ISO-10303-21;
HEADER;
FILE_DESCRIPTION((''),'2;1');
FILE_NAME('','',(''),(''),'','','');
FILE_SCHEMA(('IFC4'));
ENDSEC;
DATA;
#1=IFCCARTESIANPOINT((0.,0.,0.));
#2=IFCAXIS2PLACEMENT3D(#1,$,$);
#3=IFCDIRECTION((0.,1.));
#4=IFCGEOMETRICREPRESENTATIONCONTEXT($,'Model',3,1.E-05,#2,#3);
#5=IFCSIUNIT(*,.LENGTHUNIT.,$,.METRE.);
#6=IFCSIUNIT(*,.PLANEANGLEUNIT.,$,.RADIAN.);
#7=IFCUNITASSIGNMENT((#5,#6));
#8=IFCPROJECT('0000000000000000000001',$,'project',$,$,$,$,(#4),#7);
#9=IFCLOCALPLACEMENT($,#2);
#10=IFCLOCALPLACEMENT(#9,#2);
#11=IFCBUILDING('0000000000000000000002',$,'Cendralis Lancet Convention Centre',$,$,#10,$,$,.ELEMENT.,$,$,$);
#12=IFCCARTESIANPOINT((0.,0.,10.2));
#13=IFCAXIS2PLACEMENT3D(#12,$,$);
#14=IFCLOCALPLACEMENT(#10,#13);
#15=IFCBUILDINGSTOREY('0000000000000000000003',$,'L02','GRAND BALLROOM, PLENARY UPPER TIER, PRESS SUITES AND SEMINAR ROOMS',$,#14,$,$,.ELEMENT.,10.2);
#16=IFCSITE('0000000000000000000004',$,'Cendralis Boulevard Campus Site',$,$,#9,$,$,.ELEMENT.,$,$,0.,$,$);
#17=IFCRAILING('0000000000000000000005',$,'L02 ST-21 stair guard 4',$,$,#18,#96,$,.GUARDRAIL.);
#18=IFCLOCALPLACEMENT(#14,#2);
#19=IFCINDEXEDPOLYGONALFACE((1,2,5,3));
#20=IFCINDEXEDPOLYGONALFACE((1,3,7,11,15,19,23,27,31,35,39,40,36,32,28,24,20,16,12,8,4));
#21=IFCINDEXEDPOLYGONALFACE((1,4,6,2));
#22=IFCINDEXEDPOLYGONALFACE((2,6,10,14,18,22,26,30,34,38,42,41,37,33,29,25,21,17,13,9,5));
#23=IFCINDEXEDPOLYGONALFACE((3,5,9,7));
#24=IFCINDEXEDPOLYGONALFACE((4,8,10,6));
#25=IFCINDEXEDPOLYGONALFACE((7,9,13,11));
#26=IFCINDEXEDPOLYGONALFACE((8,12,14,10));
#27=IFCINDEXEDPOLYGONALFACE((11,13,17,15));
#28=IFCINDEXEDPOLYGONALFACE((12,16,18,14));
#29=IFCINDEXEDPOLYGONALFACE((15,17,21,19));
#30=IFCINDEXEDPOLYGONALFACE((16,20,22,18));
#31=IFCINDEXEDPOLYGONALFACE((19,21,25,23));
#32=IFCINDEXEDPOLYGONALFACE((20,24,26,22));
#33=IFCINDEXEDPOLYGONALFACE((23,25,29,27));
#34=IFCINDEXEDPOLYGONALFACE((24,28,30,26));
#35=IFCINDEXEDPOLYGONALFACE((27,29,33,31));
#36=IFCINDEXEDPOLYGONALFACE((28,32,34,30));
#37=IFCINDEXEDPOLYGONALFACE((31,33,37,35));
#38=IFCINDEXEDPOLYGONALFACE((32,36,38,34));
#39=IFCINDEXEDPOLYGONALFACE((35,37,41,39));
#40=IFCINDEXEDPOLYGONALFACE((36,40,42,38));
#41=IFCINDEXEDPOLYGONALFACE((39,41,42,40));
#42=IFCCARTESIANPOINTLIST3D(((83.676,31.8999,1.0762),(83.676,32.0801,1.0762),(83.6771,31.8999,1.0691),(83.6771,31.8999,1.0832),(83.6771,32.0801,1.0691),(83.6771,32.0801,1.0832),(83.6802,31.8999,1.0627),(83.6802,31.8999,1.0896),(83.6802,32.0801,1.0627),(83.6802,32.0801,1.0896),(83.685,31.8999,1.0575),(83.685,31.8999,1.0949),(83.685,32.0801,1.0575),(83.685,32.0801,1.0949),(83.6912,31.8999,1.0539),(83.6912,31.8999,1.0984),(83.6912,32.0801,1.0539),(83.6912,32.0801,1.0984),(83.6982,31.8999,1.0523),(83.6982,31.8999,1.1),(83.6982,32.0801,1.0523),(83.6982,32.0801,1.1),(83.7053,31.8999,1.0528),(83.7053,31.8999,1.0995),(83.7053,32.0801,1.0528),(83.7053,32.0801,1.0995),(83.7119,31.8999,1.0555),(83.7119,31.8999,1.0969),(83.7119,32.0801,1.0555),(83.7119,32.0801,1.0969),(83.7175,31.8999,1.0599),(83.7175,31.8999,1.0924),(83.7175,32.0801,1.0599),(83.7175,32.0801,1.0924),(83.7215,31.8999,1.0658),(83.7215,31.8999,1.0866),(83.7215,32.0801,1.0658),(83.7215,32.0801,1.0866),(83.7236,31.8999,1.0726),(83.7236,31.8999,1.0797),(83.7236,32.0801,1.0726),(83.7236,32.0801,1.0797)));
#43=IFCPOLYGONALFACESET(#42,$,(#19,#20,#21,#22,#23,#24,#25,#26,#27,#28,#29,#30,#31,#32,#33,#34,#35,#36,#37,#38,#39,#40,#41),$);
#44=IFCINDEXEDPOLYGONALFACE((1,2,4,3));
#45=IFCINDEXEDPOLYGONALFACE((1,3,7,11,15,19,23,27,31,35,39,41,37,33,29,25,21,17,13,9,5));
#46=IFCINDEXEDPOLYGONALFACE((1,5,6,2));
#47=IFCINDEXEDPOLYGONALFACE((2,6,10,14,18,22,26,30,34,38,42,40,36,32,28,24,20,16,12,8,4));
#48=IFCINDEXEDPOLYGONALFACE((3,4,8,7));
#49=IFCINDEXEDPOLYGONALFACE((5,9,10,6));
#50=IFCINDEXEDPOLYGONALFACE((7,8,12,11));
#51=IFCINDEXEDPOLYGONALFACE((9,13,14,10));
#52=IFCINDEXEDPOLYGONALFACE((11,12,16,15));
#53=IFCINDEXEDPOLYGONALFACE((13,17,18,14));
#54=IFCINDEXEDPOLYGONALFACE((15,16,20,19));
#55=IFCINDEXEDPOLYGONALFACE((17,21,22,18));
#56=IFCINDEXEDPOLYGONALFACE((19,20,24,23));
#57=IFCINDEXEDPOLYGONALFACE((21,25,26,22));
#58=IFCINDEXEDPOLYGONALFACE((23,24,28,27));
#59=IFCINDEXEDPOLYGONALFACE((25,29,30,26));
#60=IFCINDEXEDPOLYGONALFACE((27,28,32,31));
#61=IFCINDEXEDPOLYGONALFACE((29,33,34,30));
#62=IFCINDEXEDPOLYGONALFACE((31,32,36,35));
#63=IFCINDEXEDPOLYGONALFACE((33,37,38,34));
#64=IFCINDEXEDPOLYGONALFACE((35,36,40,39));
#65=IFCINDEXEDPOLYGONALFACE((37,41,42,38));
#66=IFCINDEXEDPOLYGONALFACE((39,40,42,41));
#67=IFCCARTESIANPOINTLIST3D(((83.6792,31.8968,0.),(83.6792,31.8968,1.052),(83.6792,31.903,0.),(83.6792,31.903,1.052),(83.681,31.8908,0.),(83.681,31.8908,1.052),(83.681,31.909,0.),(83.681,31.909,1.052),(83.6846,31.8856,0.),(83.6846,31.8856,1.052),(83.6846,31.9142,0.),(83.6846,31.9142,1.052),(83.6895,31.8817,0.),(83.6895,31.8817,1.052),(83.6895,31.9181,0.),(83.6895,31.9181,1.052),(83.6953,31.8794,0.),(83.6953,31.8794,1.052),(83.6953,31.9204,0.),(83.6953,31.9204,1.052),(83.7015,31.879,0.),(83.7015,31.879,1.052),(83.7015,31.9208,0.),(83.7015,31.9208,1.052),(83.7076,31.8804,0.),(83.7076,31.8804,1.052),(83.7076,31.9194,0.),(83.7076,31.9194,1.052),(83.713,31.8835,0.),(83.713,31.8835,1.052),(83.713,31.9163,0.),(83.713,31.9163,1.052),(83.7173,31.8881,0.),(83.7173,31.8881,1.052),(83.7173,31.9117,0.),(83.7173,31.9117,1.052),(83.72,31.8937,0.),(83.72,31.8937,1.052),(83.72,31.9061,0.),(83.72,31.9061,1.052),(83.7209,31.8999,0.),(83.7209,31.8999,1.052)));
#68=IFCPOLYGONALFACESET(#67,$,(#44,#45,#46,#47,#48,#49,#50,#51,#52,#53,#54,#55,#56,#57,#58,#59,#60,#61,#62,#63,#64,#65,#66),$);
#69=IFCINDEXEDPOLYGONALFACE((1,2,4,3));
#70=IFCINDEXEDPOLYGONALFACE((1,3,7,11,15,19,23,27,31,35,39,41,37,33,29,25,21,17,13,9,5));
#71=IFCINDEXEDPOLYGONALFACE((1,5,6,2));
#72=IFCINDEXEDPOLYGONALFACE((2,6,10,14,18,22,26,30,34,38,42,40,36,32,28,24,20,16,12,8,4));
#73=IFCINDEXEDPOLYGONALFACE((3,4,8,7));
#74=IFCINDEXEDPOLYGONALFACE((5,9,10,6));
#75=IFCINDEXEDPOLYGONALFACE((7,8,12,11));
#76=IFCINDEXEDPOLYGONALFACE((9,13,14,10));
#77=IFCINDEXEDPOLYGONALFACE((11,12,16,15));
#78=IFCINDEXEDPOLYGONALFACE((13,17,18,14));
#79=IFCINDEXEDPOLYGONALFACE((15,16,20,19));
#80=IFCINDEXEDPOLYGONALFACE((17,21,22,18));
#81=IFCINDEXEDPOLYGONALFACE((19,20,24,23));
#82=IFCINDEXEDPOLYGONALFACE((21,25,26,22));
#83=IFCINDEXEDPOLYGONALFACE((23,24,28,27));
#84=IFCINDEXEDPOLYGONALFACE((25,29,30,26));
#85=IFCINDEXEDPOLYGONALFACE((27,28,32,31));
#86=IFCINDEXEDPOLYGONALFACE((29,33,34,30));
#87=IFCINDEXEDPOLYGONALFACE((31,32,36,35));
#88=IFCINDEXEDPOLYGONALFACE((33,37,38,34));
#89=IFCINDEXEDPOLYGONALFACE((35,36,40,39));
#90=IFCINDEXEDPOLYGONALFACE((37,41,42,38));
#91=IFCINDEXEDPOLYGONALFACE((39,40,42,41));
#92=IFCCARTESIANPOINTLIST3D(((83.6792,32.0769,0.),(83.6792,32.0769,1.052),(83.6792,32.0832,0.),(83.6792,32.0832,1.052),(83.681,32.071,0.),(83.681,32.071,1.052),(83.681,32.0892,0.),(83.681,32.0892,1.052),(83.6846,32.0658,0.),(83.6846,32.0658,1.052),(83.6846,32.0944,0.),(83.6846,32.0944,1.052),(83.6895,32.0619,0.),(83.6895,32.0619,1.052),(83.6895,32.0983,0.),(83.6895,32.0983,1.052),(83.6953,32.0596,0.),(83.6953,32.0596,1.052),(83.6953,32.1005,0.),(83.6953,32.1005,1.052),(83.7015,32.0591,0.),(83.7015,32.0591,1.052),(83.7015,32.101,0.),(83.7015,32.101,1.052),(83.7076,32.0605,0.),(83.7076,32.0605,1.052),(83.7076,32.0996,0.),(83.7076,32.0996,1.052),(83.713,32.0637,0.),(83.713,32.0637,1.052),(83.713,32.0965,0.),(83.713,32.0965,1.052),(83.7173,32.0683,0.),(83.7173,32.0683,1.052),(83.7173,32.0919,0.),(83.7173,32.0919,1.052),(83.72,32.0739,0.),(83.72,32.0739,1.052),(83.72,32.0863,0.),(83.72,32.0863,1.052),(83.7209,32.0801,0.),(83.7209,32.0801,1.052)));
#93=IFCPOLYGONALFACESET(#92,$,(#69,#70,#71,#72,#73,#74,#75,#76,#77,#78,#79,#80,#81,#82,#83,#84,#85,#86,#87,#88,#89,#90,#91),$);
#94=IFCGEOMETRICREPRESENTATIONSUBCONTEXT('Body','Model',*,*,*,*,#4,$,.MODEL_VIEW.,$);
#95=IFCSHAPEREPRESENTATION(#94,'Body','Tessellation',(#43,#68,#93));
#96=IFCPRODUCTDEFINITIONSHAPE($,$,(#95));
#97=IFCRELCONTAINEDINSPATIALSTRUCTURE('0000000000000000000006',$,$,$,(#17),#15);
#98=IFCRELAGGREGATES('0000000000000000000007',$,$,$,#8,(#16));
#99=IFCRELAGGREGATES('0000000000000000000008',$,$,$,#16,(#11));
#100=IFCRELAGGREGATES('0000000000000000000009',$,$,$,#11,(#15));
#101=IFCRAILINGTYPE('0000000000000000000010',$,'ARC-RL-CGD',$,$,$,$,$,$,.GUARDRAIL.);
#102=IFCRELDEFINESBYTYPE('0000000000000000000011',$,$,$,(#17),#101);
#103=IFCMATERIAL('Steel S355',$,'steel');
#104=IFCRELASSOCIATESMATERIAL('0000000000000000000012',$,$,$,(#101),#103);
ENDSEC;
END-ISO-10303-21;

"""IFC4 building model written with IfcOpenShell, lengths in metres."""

from ifc_helpers import new_model, si_unit, direction, frame, origin, origin_2d, place, context, subcontext, project, spatial, circle, extrude, material, type_object, element, save


model = new_model("IFC4")

# Units and contexts
model_context = context("Model", 3, precision=1e-05, world=origin(), true_north=direction((0.0, 1.0)))
body_context = subcontext(model_context, "Body", "Model", "MODEL_VIEW")
ifc_project = project(units=[si_unit("LENGTHUNIT", "METRE"), si_unit("PLANEANGLEUNIT", "RADIAN")], contexts=[model_context])

# Site, building, storey
site_placement = place(None, origin())
site = spatial("IfcSite", under=ifc_project, at=site_placement, Name="Cendralis Boulevard Campus Site", CompositionType="ELEMENT", RefElevation=0.0)
building_placement = place(site_placement, origin())
building = spatial("IfcBuilding", under=site, at=building_placement, Name="Cendralis Lancet Convention Centre", CompositionType="ELEMENT")
storey_placement = place(building_placement, frame((0.0, 0.0, 10.2)))
storey = spatial("IfcBuildingStorey", under=building, at=storey_placement, Name="L02", Description="GRAND BALLROOM, PLENARY UPPER TIER, PRESS SUITES AND SEMINAR ROOMS", CompositionType="ELEMENT", Elevation=10.2)

# Shared definitions
ifc_material_1 = material(Name="Steel S355", Category="steel")

# Railing
railing_type_1 = type_object("IfcRailingType", Name="ARC-RL-CGD", PredefinedType="GUARDRAIL", material=ifc_material_1)
railing_1_placement = place(storey_placement, frame((83.7, 31.8999, 0.0)))
element("IfcRailing", 1, at=railing_1_placement, inside=storey, type_object=railing_type_1, Name="L02 ST-21 stair guard 4", PredefinedType="GUARDRAIL", context=body_context, shape_type="SweptSolid", body=[
    extrude(circle(Radius=0.0239, at=origin_2d()), frame((0.0, 0.0, 1.0762), z_axis=(0.0, 1.0, 0.0), x_axis=(-1.0, 0.0, 0.0)), (0.0, 0.0, 1.0), 0.1802),
    extrude(circle(Radius=0.021, at=origin_2d()), origin(), (0.0, 0.0, 1.0), 1.052),
    extrude(circle(Radius=0.021, at=origin_2d()), frame((0.0, 0.1802, 0.0)), (0.0, 0.0, 1.0), 1.052),
])

save(model, "model.ifc")
